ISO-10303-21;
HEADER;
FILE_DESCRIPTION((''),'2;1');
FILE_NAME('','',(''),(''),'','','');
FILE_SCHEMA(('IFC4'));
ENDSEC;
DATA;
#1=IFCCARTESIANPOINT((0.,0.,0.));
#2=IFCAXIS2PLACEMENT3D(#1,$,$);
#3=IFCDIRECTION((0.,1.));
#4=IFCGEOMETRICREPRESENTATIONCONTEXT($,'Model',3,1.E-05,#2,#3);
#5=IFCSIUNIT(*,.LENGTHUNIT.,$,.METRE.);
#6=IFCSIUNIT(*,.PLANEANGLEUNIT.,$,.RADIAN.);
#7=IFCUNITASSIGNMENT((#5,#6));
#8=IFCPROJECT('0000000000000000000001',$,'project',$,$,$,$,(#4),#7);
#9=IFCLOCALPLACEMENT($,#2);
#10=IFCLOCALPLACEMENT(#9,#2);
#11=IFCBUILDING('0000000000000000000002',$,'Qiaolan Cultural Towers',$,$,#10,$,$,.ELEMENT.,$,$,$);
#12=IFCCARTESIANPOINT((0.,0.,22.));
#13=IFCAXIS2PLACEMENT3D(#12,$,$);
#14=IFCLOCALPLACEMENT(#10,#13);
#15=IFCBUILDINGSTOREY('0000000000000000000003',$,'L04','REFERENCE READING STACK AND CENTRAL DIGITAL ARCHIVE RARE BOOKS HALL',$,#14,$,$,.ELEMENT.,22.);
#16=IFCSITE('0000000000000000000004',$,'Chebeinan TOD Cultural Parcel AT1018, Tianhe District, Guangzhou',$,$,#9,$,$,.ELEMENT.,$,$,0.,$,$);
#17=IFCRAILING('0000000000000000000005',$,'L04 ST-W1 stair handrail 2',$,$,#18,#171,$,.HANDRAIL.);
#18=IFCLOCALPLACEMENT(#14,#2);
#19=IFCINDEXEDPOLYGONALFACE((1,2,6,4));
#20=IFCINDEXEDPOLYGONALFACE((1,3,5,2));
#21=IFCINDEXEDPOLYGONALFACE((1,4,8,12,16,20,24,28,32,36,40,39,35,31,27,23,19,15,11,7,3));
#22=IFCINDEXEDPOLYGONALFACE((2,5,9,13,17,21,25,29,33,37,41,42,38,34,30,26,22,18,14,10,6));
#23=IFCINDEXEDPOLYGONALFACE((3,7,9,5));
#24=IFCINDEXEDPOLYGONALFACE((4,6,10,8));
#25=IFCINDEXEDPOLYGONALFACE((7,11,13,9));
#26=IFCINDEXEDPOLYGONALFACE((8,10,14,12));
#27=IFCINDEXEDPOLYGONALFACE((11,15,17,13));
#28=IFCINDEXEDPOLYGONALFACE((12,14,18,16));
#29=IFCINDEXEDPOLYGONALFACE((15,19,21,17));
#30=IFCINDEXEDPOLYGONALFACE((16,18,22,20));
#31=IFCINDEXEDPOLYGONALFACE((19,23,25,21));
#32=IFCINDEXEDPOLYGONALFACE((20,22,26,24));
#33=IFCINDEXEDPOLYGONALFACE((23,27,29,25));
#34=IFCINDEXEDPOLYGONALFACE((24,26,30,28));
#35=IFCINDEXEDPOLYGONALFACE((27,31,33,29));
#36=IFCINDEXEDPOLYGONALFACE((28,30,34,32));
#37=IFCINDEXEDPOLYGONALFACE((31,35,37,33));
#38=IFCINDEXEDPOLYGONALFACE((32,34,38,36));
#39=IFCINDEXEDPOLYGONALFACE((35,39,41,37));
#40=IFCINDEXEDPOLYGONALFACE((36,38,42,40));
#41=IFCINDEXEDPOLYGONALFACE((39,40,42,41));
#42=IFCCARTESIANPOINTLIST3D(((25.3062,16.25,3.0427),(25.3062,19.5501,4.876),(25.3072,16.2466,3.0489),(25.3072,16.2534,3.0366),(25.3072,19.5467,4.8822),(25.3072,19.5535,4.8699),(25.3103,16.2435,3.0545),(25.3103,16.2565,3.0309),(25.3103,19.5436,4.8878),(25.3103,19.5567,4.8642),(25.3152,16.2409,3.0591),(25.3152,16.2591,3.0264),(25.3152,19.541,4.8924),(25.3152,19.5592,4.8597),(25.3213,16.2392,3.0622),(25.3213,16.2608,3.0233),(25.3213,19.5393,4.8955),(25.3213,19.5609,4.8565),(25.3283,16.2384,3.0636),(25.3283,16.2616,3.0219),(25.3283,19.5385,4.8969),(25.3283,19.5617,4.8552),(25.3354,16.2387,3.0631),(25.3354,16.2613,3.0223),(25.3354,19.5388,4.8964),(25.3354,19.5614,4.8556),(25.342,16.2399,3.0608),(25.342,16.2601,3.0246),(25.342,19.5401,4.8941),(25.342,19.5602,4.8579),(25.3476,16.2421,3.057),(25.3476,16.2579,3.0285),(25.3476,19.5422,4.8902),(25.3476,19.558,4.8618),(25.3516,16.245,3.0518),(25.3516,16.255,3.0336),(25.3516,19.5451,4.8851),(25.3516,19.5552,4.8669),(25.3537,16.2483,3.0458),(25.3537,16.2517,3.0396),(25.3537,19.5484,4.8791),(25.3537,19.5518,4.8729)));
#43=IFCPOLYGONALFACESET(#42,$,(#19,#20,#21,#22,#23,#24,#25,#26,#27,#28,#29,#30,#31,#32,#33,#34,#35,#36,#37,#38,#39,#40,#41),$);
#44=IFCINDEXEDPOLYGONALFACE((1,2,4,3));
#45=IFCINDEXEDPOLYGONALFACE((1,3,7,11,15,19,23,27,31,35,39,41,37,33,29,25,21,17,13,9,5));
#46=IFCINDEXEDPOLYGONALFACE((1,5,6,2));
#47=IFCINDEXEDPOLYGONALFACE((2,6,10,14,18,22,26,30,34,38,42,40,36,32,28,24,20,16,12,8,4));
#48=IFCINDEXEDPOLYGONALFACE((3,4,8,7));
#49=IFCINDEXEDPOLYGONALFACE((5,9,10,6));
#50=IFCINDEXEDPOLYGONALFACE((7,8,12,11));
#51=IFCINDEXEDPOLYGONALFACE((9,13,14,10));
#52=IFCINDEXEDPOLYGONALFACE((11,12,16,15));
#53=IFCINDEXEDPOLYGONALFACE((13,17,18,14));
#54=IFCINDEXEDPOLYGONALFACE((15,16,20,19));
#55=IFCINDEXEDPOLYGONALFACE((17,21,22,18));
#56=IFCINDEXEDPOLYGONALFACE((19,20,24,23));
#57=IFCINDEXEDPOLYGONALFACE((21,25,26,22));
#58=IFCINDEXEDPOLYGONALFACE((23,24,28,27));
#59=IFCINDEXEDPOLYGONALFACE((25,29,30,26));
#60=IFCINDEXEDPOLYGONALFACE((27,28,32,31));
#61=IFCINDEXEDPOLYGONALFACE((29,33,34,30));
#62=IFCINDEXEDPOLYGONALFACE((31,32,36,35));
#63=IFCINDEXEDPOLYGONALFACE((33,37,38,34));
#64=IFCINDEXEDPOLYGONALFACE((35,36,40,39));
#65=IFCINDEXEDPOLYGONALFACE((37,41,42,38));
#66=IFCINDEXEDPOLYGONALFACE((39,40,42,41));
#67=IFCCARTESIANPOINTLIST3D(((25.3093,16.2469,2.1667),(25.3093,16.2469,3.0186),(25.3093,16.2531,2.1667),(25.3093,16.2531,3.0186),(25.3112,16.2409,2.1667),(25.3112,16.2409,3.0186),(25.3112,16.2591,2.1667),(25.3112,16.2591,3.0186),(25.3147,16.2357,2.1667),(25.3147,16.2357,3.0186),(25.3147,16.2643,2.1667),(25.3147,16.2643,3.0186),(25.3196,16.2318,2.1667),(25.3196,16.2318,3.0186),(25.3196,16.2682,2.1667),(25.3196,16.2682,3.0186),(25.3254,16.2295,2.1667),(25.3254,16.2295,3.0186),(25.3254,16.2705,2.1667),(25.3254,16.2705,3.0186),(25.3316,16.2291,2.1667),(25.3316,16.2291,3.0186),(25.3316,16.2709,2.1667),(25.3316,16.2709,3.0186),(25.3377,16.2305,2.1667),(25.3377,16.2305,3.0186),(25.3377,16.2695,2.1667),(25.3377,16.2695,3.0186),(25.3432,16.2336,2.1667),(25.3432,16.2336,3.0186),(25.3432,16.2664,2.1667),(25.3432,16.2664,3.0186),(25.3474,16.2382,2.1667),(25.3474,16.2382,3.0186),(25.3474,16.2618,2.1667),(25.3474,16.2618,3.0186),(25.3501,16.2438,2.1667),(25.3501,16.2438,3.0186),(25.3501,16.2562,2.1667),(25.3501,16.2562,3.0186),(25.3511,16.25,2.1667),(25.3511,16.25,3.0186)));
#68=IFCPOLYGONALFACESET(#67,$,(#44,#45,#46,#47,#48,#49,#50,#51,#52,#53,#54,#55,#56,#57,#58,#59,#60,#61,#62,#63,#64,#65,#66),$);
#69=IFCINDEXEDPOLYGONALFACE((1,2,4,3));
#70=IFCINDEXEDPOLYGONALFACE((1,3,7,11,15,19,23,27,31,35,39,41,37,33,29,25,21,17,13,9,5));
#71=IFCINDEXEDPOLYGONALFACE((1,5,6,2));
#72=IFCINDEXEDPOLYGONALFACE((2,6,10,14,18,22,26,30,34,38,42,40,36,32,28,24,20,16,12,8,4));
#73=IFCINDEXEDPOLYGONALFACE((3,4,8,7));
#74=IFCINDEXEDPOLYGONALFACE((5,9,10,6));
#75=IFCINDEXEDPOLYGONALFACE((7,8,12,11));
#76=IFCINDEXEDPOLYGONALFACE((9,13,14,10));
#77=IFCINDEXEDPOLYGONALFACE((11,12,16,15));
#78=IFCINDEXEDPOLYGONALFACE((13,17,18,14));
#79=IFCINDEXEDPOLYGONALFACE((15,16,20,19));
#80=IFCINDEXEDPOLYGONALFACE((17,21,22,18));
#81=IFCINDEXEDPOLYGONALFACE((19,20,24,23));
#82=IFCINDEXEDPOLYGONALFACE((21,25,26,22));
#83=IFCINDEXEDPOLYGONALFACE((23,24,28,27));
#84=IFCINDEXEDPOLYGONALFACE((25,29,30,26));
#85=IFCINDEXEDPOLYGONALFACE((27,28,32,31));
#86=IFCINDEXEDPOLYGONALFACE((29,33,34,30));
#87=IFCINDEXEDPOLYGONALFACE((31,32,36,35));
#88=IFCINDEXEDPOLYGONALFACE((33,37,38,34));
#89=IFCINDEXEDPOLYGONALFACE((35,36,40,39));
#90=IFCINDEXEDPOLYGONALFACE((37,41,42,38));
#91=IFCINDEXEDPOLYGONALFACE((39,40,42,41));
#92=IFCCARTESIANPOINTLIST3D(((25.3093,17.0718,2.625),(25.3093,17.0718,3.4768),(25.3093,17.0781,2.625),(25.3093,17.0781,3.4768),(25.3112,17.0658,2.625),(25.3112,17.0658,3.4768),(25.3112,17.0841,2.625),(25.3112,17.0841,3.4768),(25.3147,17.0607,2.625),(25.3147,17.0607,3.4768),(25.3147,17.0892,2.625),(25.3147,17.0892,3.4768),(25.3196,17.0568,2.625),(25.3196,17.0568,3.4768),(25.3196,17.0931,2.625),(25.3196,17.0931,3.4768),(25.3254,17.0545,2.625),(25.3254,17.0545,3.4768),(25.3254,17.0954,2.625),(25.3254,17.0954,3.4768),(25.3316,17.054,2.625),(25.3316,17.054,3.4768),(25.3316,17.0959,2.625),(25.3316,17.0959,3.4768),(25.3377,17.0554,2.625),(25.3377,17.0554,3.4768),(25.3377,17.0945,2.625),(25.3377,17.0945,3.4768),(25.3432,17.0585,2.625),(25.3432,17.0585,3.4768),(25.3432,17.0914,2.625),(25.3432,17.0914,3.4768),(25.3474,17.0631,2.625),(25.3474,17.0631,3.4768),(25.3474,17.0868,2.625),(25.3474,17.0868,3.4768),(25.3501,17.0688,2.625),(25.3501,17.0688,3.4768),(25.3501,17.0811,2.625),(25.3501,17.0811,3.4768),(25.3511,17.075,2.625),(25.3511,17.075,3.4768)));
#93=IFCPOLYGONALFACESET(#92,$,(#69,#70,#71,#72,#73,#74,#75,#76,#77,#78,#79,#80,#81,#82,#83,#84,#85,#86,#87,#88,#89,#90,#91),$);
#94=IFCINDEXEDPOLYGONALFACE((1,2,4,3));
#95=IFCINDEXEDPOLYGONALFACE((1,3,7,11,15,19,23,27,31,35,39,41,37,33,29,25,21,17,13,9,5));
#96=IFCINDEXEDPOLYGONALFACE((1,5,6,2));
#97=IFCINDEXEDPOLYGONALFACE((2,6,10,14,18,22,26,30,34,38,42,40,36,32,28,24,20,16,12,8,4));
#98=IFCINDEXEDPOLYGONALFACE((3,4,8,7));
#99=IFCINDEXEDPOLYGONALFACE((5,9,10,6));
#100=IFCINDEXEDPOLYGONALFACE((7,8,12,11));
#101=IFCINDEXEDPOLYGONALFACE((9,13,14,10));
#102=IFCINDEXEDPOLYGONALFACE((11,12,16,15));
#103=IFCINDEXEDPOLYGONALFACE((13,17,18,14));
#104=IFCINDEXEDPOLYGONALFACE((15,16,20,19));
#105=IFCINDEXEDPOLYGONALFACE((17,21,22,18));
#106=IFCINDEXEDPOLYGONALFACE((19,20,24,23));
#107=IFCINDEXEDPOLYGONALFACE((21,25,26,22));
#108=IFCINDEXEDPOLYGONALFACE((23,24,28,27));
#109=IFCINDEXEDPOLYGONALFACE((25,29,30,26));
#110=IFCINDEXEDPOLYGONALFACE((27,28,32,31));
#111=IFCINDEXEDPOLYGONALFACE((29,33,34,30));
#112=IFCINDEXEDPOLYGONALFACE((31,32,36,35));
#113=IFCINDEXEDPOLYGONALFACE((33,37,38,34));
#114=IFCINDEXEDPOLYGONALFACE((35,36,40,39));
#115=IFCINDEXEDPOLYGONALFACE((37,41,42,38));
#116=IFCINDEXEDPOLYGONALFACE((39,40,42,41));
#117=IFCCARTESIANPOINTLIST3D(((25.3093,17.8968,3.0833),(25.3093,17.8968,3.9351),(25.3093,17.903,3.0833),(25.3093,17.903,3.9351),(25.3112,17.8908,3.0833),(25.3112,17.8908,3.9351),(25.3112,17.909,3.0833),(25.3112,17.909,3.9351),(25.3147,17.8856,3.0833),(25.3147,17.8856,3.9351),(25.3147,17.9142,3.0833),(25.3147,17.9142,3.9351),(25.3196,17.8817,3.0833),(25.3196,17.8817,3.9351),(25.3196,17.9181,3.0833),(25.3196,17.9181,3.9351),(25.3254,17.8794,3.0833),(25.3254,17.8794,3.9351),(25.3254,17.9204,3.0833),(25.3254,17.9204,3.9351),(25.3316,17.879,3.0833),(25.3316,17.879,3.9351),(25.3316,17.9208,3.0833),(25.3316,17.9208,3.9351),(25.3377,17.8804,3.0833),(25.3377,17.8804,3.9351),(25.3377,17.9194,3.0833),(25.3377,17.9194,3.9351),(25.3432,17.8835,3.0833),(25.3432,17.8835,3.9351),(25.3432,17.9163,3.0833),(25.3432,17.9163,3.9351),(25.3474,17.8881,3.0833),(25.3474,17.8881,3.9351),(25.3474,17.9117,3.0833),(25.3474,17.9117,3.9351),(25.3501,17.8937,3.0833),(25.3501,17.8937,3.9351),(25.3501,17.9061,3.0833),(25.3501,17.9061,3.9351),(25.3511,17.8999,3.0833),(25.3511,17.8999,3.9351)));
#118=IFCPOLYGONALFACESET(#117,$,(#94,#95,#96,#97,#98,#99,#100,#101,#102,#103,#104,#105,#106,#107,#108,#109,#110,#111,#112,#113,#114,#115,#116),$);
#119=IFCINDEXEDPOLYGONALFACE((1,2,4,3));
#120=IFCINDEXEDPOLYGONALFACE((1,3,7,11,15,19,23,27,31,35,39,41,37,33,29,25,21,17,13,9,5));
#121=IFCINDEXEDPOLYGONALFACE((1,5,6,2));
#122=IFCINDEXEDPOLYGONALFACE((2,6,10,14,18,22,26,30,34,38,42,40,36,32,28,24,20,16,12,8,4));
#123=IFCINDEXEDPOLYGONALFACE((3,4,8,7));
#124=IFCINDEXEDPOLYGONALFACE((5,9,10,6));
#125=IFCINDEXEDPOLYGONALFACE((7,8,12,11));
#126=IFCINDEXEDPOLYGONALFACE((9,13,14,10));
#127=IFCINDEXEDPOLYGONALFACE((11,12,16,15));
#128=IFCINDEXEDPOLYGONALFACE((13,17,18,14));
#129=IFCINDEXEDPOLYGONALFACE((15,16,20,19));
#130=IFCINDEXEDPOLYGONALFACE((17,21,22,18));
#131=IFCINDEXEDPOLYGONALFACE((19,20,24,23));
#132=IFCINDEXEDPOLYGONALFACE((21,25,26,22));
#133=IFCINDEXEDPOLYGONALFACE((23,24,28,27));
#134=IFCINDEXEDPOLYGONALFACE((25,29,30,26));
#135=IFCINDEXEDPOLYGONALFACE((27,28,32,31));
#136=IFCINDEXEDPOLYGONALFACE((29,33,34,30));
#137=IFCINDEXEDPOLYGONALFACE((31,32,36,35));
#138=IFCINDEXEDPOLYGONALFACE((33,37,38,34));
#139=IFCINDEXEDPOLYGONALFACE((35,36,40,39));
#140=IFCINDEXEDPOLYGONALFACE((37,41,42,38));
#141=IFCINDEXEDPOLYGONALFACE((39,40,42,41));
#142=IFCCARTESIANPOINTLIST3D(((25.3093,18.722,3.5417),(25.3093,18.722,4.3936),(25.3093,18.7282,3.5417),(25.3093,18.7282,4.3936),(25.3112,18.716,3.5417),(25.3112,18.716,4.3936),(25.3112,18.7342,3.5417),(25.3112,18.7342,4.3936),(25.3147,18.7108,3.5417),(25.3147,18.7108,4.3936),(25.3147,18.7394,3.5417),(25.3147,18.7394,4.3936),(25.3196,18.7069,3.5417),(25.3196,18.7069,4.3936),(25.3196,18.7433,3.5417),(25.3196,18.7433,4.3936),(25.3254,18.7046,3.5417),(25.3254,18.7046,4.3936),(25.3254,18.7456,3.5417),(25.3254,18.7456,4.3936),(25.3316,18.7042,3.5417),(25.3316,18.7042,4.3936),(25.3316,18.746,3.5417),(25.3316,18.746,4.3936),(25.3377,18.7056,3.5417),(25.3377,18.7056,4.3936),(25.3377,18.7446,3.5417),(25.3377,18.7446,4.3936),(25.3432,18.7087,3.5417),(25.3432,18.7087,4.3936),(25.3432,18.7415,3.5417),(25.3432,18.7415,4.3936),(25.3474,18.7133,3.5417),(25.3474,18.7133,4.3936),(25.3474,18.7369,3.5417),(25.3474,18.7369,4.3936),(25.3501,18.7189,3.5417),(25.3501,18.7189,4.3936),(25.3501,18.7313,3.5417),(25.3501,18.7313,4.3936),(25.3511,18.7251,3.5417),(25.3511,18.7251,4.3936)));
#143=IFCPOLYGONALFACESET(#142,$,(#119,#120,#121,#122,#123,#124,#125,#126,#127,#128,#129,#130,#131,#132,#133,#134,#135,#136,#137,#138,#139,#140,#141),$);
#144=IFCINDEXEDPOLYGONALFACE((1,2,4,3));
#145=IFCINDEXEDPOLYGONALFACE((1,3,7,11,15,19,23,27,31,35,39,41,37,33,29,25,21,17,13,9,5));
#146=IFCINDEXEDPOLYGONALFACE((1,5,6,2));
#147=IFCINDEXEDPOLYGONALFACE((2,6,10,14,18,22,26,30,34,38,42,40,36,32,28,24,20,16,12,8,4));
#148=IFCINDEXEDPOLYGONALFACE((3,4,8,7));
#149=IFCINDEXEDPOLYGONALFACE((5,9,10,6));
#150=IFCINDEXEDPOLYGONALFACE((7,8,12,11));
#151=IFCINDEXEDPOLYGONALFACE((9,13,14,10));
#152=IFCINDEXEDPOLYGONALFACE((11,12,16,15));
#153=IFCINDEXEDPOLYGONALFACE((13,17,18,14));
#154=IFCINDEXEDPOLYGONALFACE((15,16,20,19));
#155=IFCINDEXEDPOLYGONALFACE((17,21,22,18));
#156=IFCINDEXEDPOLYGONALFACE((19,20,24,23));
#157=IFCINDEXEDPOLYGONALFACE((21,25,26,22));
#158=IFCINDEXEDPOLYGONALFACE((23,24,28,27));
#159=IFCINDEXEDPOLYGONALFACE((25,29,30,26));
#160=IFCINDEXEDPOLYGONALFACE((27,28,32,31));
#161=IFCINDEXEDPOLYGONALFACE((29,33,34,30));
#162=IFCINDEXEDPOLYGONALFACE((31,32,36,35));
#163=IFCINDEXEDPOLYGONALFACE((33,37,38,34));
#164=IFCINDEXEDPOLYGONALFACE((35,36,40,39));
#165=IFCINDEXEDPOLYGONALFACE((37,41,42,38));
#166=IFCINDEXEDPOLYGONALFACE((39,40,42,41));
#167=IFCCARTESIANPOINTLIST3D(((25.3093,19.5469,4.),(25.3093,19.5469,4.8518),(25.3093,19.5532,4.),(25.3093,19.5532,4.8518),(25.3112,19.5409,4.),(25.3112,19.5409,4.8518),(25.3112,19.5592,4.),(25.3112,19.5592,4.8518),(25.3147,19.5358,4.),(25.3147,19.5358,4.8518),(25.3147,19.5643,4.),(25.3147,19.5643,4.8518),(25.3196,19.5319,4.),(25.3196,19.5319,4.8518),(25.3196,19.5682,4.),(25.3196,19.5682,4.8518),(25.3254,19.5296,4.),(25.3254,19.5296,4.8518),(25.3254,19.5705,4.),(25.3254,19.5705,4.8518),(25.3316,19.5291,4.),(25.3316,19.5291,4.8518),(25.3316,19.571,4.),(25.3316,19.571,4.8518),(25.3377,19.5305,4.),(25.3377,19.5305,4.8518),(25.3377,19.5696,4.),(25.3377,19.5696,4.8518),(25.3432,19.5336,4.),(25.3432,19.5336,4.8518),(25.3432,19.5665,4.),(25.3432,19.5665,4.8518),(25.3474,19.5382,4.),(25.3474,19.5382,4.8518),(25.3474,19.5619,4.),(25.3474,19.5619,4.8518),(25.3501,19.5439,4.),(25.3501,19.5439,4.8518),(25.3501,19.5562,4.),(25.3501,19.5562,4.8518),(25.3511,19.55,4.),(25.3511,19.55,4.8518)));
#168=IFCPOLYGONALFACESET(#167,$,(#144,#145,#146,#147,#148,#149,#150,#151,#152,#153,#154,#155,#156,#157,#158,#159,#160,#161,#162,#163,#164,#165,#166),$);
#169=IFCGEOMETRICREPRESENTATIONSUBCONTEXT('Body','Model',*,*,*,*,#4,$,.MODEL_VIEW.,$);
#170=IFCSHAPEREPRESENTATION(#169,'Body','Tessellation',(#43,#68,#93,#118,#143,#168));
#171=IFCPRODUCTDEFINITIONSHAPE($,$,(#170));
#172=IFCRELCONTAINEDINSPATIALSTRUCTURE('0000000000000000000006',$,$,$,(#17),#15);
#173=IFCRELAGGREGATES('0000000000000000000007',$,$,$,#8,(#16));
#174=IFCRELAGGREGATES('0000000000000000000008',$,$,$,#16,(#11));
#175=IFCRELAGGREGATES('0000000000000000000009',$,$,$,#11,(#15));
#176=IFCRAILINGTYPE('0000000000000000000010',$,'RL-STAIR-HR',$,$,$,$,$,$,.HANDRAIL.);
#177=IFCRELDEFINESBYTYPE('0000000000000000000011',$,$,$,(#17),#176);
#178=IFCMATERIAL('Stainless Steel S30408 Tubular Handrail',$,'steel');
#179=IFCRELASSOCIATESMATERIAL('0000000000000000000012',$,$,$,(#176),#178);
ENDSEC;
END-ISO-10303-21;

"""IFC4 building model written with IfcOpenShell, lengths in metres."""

from ifc_helpers import new_model, si_unit, direction, frame, origin, origin_2d, place, context, subcontext, project, spatial, circle, extrude, material, type_object, element, save


model = new_model("IFC4")

# Units and contexts
model_context = context("Model", 3, precision=1e-05, world=origin(), true_north=direction((0.0, 1.0)))
body_context = subcontext(model_context, "Body", "Model", "MODEL_VIEW")
ifc_project = project(units=[si_unit("LENGTHUNIT", "METRE"), si_unit("PLANEANGLEUNIT", "RADIAN")], contexts=[model_context])

# Site, building, storey
site_placement = place(None, origin())
site = spatial("IfcSite", under=ifc_project, at=site_placement, Name="Chebeinan TOD Cultural Parcel AT1018, Tianhe District, Guangzhou", CompositionType="ELEMENT", RefElevation=0.0)
building_placement = place(site_placement, origin())
building = spatial("IfcBuilding", under=site, at=building_placement, Name="Qiaolan Cultural Towers", CompositionType="ELEMENT")
storey_placement = place(building_placement, frame((0.0, 0.0, 22.0)))
storey = spatial("IfcBuildingStorey", under=building, at=storey_placement, Name="L04", Description="REFERENCE READING STACK AND CENTRAL DIGITAL ARCHIVE RARE BOOKS HALL", CompositionType="ELEMENT", Elevation=22.0)

# Railing
ifc_material_1 = material(Name="Stainless Steel S30408 Tubular Handrail", Category="steel")
railing_type = type_object("IfcRailingType", Name="RL-STAIR-HR", PredefinedType="HANDRAIL", material=ifc_material_1)
railing_placement = place(storey_placement, frame((25.3301, 16.25, 2.1667)))
element("IfcRailing", 1, at=railing_placement, inside=storey, type_object=railing_type, Name="L04 ST-W1 stair handrail 2", PredefinedType="HANDRAIL", context=body_context, shape_type="SweptSolid", body=[
    extrude(circle(Radius=0.0239, at=origin_2d()), frame((0.0, 0.0, 0.876), z_axis=(0.0, 0.874169, 0.485621), x_axis=(-1.0, 0.0, 0.0)), (0.0, 0.0, 1.0), 3.7751),
    extrude(circle(Radius=0.021, at=origin_2d()), origin(), (0.0, 0.0, 1.0), 0.8518),
    extrude(circle(Radius=0.021, at=origin_2d()), frame((0.0, 0.825, 0.4583)), (0.0, 0.0, 1.0), 0.8518),
    extrude(circle(Radius=0.021, at=origin_2d()), frame((0.0, 1.6499, 0.9165)), (0.0, 0.0, 1.0), 0.8518),
    extrude(circle(Radius=0.021, at=origin_2d()), frame((0.0, 2.4751, 1.375)), (0.0, 0.0, 1.0), 0.8518),
    extrude(circle(Radius=0.021, at=origin_2d()), frame((0.0, 3.3, 1.8333)), (0.0, 0.0, 1.0), 0.8518),
])

save(model, "model.ifc")
